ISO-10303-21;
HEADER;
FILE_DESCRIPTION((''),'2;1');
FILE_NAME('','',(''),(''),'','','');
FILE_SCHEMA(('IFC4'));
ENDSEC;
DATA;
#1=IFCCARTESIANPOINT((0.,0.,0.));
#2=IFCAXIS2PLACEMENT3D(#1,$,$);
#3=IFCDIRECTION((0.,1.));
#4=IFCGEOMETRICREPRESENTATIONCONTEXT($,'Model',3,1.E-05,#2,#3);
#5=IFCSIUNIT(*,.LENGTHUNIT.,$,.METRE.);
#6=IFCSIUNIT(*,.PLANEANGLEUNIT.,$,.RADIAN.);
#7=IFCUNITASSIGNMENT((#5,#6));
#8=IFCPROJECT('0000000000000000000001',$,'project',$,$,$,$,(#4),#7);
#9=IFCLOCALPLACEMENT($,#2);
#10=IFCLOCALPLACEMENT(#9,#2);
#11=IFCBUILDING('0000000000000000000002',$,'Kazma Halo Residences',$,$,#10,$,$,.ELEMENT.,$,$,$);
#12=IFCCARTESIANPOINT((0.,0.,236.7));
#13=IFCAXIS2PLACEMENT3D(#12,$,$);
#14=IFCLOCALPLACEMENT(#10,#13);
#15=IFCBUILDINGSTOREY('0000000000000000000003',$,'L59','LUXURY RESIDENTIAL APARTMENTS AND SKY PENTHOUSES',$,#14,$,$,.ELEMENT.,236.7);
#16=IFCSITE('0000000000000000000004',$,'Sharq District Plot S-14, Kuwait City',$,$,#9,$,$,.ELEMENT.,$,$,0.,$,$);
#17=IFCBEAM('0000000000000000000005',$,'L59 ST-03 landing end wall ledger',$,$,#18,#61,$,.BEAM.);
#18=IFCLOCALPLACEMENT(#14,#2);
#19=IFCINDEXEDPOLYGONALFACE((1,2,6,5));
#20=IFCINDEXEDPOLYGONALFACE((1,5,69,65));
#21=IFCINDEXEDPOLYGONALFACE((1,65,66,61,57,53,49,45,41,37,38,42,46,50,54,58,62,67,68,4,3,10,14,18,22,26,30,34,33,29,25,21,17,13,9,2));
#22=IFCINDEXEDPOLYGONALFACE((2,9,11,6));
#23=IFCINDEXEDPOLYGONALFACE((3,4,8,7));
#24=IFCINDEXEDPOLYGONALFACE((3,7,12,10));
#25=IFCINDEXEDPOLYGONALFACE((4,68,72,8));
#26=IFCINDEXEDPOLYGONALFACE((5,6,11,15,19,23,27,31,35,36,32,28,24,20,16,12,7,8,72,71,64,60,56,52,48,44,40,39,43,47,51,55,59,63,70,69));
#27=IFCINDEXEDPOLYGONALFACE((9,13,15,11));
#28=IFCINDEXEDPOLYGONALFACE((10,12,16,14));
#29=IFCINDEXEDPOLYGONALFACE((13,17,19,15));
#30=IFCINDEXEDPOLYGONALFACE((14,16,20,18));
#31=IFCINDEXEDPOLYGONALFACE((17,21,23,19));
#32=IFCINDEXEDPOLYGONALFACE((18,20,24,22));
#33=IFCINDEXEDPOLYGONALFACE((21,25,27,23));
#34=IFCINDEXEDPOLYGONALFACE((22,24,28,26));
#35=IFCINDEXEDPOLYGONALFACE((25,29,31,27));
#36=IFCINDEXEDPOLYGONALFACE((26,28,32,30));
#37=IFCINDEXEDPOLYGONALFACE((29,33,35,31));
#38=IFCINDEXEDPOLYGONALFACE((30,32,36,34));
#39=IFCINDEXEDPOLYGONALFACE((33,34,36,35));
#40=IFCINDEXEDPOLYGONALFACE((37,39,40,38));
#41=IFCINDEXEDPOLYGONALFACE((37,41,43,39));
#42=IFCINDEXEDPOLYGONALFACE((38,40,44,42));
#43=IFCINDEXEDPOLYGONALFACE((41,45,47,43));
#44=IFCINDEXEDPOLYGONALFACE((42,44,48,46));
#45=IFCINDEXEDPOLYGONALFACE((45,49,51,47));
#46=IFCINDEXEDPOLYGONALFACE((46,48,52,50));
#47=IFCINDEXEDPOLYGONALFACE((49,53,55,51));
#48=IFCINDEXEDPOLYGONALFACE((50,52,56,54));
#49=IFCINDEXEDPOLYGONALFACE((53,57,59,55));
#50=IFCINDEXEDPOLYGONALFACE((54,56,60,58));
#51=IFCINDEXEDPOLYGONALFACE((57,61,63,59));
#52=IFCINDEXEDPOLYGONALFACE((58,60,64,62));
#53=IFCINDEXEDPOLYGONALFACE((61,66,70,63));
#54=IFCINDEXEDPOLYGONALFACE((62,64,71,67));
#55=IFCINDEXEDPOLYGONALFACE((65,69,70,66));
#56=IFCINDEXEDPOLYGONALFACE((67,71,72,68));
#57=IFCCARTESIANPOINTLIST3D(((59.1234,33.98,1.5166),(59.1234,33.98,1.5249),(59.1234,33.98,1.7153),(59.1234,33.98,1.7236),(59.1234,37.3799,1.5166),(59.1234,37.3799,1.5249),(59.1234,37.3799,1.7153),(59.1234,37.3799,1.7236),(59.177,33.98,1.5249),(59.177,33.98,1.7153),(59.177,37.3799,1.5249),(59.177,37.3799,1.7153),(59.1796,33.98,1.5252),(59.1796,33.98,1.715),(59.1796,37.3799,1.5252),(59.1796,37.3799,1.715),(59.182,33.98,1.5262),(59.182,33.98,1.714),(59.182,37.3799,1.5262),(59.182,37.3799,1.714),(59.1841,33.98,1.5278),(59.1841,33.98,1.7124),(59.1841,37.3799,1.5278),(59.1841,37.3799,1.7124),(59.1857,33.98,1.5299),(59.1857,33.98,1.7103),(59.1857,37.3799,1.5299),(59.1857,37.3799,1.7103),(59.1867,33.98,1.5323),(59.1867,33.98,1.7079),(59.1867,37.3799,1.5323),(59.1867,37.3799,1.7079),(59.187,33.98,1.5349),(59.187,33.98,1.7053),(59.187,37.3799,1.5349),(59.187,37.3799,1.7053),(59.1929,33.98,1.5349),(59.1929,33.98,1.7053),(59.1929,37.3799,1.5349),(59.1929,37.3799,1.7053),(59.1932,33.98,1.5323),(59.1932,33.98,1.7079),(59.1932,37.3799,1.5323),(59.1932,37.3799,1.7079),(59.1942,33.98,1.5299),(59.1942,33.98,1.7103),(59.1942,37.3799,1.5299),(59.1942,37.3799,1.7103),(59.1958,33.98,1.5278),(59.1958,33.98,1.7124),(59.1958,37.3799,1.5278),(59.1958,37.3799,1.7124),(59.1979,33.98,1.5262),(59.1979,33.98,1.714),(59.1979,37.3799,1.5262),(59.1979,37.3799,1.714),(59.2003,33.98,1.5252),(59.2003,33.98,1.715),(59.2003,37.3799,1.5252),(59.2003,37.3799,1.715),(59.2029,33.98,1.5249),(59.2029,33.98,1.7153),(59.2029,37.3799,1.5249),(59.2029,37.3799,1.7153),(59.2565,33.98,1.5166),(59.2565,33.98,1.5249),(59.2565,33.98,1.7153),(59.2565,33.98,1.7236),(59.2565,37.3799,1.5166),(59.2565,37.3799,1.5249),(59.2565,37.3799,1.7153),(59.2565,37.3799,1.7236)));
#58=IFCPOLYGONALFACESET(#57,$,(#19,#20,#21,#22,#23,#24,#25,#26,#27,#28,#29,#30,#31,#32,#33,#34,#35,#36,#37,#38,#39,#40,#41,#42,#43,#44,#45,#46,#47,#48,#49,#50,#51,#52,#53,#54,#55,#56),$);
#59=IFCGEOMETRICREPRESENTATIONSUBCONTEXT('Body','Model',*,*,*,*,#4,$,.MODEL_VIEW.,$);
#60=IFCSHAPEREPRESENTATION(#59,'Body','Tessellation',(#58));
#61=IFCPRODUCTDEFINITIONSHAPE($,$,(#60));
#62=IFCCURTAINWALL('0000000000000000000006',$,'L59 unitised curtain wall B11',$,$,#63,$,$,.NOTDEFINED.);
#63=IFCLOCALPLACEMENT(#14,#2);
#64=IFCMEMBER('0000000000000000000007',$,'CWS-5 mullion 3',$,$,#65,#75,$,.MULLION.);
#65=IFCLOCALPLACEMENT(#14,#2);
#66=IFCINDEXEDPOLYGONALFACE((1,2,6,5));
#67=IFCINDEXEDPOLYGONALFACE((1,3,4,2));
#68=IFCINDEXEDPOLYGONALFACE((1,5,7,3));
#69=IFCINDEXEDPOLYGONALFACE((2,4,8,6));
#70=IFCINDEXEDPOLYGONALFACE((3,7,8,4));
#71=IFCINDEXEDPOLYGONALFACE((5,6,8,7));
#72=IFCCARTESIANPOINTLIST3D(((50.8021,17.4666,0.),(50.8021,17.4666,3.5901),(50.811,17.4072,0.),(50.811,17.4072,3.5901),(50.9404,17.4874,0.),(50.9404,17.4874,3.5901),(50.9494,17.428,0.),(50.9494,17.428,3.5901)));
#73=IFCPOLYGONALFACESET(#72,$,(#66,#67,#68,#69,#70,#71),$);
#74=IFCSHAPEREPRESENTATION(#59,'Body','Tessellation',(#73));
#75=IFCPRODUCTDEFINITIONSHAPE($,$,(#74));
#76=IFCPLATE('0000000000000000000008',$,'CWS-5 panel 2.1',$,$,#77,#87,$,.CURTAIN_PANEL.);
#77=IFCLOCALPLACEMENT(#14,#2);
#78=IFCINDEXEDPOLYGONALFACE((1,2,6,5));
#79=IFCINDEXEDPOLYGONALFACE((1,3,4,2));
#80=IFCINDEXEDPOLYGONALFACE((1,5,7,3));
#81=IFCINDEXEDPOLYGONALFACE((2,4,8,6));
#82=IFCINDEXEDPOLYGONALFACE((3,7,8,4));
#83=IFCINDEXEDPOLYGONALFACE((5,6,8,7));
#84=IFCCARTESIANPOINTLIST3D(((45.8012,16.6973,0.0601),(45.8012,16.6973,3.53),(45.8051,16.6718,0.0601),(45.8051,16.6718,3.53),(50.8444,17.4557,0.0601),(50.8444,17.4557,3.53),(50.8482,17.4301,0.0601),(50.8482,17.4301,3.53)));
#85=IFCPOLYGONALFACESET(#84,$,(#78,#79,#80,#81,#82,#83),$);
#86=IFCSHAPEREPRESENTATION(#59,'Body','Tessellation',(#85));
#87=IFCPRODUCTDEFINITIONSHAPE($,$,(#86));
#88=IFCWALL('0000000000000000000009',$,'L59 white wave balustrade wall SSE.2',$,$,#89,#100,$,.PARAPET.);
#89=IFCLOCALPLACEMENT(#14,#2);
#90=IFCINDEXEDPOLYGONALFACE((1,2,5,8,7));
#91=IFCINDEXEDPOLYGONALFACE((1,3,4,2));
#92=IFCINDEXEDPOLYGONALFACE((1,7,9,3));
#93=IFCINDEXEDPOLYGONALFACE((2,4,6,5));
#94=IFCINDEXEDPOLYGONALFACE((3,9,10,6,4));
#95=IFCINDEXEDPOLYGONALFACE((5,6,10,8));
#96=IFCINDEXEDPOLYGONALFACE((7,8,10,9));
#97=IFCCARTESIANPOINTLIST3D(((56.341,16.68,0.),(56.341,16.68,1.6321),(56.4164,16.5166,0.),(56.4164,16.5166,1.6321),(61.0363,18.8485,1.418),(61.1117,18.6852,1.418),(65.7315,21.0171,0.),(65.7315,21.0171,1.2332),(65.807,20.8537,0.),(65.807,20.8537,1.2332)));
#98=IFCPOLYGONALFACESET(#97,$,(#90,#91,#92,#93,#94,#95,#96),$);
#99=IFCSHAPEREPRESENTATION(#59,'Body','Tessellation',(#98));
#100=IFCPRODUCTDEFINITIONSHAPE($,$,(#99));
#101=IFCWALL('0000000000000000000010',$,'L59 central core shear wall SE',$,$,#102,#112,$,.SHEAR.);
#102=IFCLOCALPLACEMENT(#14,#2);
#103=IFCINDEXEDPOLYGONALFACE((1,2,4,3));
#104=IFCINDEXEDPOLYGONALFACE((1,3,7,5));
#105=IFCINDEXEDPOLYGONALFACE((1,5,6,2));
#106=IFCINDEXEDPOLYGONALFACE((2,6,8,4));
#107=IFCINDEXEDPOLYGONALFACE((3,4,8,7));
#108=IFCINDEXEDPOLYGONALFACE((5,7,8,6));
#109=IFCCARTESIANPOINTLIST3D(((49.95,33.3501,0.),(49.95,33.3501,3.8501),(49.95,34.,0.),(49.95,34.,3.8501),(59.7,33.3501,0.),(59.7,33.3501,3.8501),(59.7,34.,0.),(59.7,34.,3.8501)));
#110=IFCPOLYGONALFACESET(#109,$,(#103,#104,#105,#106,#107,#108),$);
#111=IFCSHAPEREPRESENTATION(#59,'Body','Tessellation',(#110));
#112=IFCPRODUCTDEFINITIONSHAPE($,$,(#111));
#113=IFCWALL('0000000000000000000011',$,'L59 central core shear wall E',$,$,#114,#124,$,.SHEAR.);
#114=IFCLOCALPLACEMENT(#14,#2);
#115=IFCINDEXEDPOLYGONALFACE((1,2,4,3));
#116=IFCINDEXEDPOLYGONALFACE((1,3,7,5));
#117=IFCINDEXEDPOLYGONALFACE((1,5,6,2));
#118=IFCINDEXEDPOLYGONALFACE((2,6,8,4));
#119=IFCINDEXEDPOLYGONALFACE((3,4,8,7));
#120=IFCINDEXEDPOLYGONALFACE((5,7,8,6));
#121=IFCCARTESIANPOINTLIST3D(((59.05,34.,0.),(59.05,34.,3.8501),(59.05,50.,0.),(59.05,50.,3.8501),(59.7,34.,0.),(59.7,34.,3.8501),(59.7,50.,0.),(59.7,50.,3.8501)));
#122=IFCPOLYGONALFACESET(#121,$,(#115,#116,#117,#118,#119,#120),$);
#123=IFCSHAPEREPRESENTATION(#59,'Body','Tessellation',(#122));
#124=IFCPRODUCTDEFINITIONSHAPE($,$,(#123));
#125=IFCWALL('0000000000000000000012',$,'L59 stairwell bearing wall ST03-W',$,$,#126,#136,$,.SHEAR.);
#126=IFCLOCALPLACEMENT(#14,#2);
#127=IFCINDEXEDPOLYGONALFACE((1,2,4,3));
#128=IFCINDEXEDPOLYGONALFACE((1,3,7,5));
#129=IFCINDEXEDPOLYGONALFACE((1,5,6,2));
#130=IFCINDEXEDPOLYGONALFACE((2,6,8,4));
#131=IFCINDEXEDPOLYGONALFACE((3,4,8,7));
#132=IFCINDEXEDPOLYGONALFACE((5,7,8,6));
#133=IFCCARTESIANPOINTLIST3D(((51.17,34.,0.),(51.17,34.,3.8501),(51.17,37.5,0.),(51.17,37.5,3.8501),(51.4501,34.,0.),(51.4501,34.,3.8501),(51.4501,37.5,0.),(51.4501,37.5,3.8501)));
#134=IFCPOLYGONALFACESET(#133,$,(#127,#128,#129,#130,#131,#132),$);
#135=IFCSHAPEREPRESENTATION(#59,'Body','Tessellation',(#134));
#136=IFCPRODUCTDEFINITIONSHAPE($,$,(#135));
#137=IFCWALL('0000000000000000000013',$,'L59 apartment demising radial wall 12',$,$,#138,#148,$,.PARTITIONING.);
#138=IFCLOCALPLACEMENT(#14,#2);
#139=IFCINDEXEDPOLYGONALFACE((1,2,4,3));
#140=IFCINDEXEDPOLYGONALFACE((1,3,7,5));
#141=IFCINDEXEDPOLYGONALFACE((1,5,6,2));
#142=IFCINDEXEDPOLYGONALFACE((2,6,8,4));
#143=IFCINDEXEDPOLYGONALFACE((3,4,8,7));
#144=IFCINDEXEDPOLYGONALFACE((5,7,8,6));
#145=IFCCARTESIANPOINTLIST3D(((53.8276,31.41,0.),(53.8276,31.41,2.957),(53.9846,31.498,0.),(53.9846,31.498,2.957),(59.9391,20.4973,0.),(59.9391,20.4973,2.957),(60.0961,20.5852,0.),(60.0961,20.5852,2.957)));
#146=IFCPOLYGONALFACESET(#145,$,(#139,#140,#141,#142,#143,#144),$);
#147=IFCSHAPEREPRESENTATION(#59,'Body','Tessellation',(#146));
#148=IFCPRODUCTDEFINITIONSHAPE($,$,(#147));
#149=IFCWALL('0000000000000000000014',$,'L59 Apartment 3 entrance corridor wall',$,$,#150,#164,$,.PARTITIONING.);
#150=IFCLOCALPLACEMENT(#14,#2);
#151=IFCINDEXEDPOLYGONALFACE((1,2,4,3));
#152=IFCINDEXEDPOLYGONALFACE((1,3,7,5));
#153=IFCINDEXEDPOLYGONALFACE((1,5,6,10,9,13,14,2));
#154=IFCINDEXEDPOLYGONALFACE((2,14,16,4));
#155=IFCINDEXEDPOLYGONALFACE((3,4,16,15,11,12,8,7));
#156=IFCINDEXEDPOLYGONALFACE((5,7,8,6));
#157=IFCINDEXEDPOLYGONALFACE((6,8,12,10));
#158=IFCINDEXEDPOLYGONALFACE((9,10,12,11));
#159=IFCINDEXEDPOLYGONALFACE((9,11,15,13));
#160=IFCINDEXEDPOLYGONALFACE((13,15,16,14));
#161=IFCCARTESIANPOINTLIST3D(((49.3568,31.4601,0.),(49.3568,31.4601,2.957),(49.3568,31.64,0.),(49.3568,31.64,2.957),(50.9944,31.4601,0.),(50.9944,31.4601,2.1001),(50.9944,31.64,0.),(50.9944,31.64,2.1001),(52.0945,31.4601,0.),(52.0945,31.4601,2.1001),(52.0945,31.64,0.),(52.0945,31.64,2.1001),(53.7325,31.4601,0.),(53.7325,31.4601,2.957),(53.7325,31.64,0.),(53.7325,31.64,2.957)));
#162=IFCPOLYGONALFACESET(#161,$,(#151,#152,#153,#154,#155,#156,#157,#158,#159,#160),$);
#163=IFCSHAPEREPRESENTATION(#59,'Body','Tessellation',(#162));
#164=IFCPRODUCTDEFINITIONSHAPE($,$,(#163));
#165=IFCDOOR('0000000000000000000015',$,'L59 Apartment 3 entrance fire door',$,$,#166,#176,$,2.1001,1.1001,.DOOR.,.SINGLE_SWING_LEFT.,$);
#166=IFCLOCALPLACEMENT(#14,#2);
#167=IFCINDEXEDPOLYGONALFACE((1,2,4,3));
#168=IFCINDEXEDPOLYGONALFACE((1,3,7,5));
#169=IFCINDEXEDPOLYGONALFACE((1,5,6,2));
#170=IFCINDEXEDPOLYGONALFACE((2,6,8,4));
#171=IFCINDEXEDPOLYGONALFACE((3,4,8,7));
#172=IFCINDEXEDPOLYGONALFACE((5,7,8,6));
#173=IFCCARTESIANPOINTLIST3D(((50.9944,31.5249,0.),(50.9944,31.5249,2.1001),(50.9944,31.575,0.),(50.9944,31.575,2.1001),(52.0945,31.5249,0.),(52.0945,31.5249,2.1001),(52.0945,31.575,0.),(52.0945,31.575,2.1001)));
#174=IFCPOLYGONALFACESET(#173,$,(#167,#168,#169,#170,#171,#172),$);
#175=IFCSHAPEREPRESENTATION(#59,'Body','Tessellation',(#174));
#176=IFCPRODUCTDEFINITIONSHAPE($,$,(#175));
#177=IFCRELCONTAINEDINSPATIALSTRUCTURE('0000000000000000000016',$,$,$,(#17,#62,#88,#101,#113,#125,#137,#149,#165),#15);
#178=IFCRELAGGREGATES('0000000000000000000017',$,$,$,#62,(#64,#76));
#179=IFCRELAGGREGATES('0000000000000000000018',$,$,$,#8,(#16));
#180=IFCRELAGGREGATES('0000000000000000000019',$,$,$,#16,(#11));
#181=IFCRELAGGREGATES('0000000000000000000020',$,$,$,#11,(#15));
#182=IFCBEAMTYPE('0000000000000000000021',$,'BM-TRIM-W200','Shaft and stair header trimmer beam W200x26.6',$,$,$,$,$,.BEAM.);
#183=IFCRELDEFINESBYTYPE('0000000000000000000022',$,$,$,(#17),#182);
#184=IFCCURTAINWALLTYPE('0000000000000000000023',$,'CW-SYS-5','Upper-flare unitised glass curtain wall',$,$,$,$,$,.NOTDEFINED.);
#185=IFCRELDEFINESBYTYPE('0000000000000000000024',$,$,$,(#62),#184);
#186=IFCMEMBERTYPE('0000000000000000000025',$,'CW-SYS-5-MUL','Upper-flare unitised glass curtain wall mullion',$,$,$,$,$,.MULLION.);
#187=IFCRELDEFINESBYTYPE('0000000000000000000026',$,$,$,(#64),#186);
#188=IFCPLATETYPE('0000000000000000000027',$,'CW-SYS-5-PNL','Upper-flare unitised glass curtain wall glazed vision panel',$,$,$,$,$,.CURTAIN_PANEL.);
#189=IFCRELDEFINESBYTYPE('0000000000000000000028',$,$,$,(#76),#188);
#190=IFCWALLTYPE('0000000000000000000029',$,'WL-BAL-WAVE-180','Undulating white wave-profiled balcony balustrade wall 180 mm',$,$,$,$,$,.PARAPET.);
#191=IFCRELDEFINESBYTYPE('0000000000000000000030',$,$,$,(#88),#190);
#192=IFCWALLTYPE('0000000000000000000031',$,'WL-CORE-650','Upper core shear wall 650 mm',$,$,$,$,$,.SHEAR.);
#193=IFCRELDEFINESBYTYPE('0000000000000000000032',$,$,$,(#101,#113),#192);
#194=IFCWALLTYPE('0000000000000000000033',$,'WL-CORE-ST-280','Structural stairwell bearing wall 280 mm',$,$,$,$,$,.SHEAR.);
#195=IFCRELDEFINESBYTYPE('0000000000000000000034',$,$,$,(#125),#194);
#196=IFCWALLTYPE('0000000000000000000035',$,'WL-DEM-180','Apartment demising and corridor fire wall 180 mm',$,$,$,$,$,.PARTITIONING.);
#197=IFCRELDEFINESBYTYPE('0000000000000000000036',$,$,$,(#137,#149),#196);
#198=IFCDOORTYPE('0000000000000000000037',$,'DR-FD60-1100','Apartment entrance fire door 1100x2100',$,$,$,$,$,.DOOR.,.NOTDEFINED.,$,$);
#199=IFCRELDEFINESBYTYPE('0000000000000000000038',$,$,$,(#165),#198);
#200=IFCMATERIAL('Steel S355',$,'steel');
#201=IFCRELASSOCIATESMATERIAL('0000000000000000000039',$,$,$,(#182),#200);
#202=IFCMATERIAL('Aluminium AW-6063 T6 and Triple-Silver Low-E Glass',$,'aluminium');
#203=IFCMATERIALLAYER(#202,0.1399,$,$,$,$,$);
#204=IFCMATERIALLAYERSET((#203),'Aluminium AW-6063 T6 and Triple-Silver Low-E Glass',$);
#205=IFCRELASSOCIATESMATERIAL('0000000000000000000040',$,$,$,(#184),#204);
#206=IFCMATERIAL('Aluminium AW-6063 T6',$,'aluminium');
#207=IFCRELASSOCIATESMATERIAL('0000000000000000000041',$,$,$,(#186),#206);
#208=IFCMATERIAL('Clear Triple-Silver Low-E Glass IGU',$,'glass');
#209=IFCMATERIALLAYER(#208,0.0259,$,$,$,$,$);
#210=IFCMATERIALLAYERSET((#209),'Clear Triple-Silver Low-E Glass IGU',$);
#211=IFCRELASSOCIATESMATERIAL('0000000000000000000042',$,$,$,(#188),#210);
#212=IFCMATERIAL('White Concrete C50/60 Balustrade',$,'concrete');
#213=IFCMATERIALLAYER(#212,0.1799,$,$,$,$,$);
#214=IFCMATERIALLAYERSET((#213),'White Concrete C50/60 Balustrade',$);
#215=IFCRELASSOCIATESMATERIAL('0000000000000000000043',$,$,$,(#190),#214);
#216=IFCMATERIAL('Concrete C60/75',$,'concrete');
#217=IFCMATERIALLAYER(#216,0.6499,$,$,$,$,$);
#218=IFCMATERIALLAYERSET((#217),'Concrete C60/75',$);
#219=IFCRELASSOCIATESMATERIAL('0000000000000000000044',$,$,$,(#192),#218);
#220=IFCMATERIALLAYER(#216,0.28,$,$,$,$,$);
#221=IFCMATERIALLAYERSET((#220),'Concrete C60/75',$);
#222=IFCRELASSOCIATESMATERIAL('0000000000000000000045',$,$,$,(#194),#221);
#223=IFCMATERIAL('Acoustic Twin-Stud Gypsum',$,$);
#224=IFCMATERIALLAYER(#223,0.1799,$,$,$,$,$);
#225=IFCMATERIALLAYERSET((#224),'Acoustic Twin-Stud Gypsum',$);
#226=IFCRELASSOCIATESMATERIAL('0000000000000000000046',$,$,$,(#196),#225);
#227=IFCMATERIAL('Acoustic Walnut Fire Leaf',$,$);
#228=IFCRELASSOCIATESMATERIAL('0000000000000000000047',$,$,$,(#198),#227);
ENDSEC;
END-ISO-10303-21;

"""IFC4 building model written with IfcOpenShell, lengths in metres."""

from ifc_helpers import new_model, si_unit, direction, frame, frame_2d, origin, origin_2d, place, context, subcontext, project, spatial, polyline, rectangle, i_section, outline, extrude, material, layer, layer_set, material_profile, profile_set, type_object, element, fill, aggregate, save


model = new_model("IFC4")

# Units and contexts
model_context = context("Model", 3, precision=1e-05, world=origin(), true_north=direction((0.0, 1.0)))
body_context = subcontext(model_context, "Body", "Model", "MODEL_VIEW")
ifc_project = project(units=[si_unit("LENGTHUNIT", "METRE"), si_unit("PLANEANGLEUNIT", "RADIAN")], contexts=[model_context])

# Site, building, storey
site_placement = place(None, origin())
site = spatial("IfcSite", under=ifc_project, at=site_placement, Name="Sharq District Plot S-14, Kuwait City", CompositionType="ELEMENT", RefElevation=0.0)
building_placement = place(site_placement, origin())
building = spatial("IfcBuilding", under=site, at=building_placement, Name="Kazma Halo Residences", CompositionType="ELEMENT")
storey_placement = place(building_placement, frame((0.0, 0.0, 236.7)))
storey = spatial("IfcBuildingStorey", under=building, at=storey_placement, Name="L59", Description="LUXURY RESIDENTIAL APARTMENTS AND SKY PENTHOUSES", CompositionType="ELEMENT", Elevation=236.7)

# Shared definitions
ifc_material_1 = material(Name="Concrete C60/75", Category="concrete")

# Beam
ifc_material_2 = material(Name="Steel S355", Category="steel")
ifc_material_profile_1 = material_profile(ifc_material_2, i_section(OverallWidth=0.1331, OverallDepth=0.207, WebThickness=0.0059, FlangeThickness=0.0083, FilletRadius=0.01, at=origin_2d()), Name="W200x26.6")
ifc_profile_set_1 = profile_set([ifc_material_profile_1], Name="Steel S355")
beam_type_1 = type_object("IfcBeamType", Name="BM-TRIM-W200", Description="Shaft and stair header trimmer beam W200x26.6", PredefinedType="BEAM", material=ifc_profile_set_1)
beam_1_placement = place(storey_placement, frame((59.1899, 33.98, 1.6201), z_axis=(0.0, 1.0, 0.0), x_axis=(-1.0, 0.0, 0.0)))
element("IfcBeam", 1, at=beam_1_placement, inside=storey, type_object=beam_type_1, Name="L59 ST-03 landing end wall ledger", PredefinedType="BEAM", context=body_context, shape_type="SweptSolid", body=[
    extrude(i_section(OverallWidth=0.1331, OverallDepth=0.207, WebThickness=0.0059, FlangeThickness=0.0083, FilletRadius=0.01, at=origin_2d()), origin(), (0.0, 0.0, 1.0), 3.3999),
])

# Curtain wall, member, plate
ifc_material_3 = material(Name="Aluminium AW-6063 T6 and Triple-Silver Low-E Glass", Category="aluminium")
ifc_layer_1 = layer(ifc_material_3, 0.1399)
ifc_layer_set_1 = layer_set([ifc_layer_1], Name="Aluminium AW-6063 T6 and Triple-Silver Low-E Glass")
curtain_wall_type = type_object("IfcCurtainWallType", Name="CW-SYS-5", Description="Upper-flare unitised glass curtain wall", PredefinedType="NOTDEFINED", material=ifc_layer_set_1)
curtain_wall_placement = place(storey_placement, origin())
curtain_wall = element("IfcCurtainWall", 2, at=curtain_wall_placement, inside=storey, type_object=curtain_wall_type, Name="L59 unitised curtain wall B11", PredefinedType="NOTDEFINED")
ifc_material_4 = material(Name="Aluminium AW-6063 T6", Category="aluminium")
ifc_material_profile_2 = material_profile(ifc_material_4, rectangle(XDim=0.0601, YDim=0.1399, at=origin_2d()), Name="CWM-60x140")
ifc_profile_set_2 = profile_set([ifc_material_profile_2], Name="Aluminium AW-6063 T6")
member_type = type_object("IfcMemberType", Name="CW-SYS-5-MUL", Description="Upper-flare unitised glass curtain wall mullion", PredefinedType="MULLION", material=ifc_profile_set_2)
member_placement = place(storey_placement, frame((50.8757, 17.4473, 0.0), z_axis=(0.0, 0.0, 1.0), x_axis=(-0.148697, 0.988883, 0.0)))
member = element("IfcMember", 3, at=member_placement, type_object=member_type, Name="CWS-5 mullion 3", PredefinedType="MULLION", context=body_context, shape_type="SweptSolid", body=[
    extrude(rectangle(XDim=0.0601, YDim=0.1399, at=origin_2d()), origin(), (0.0, 0.0, 1.0), 3.5901),
])
ifc_material_5 = material(Name="Clear Triple-Silver Low-E Glass IGU", Category="glass")
ifc_layer_2 = layer(ifc_material_5, 0.0259)
ifc_layer_set_2 = layer_set([ifc_layer_2], Name="Clear Triple-Silver Low-E Glass IGU")
plate_type = type_object("IfcPlateType", Name="CW-SYS-5-PNL", Description="Upper-flare unitised glass curtain wall glazed vision panel", PredefinedType="CURTAIN_PANEL", material=ifc_layer_set_2)
plate_placement = place(storey_placement, frame((48.3247, 17.0637, 0.0601), z_axis=(0.0, 0.0, 1.0), x_axis=(0.988883, 0.148697, 0.0)))
plate = element("IfcPlate", 4, at=plate_placement, type_object=plate_type, Name="CWS-5 panel 2.1", PredefinedType="CURTAIN_PANEL", context=body_context, shape_type="SweptSolid", body=[
    extrude(rectangle(XDim=5.0999, YDim=0.0259, at=origin_2d()), origin(), (0.0, 0.0, 1.0), 3.47),
])
aggregate(curtain_wall, [member, plate])

# Walls
ifc_material_6 = material(Name="White Concrete C50/60 Balustrade", Category="concrete")
ifc_layer_3 = layer(ifc_material_6, 0.1799)
ifc_layer_set_3 = layer_set([ifc_layer_3], Name="White Concrete C50/60 Balustrade")
wall_type_1 = type_object("IfcWallType", Name="WL-BAL-WAVE-180", Description="Undulating white wave-profiled balcony balustrade wall 180 mm", PredefinedType="PARAPET", material=ifc_layer_set_3)
wall_1_placement = place(storey_placement, frame((56.3787, 16.5984, 0.0), z_axis=(0.0, 0.0, 1.0), x_axis=(0.907848, 0.419299, 0.0)))
element("IfcWall", 5, at=wall_1_placement, inside=storey, type_object=wall_type_1, Name="L59 white wave balustrade wall SSE.2", PredefinedType="PARAPET", context=body_context, shape_type="SweptSolid", body=[
    extrude(outline(polyline([(0.0, 0.0), (10.3438, 0.0), (10.3438, 1.2332), (5.1719, 1.418), (0.0, 1.6321), (0.0, 0.0)])), frame((0.0, 0.0898, 0.0), z_axis=(0.0, -1.0, 0.0), x_axis=(1.0, 0.0, 0.0)), (0.0, 0.0, 1.0), 0.1799),
])
ifc_layer_4 = layer(ifc_material_1, 0.6499)
ifc_layer_set_4 = layer_set([ifc_layer_4], Name="Concrete C60/75")
wall_type_2 = type_object("IfcWallType", Name="WL-CORE-650", Description="Upper core shear wall 650 mm", PredefinedType="SHEAR", material=ifc_layer_set_4)
wall_2_placement = place(storey_placement, frame((49.95, 33.675, 0.0), z_axis=(0.0, 0.0, 1.0), x_axis=(1.0, 0.0, 0.0)))
element("IfcWall", 6, at=wall_2_placement, inside=storey, type_object=wall_type_2, Name="L59 central core shear wall SE", PredefinedType="SHEAR", context=body_context, shape_type="SweptSolid", body=[
    extrude(rectangle(XDim=9.75, YDim=0.6499, at=frame_2d((4.875, 0.0))), origin(), (0.0, 0.0, 1.0), 3.8501),
])
wall_3_placement = place(storey_placement, frame((59.375, 34.0, 0.0), z_axis=(0.0, 0.0, 1.0), x_axis=(0.0, 1.0, 0.0)))
element("IfcWall", 7, at=wall_3_placement, inside=storey, type_object=wall_type_2, Name="L59 central core shear wall E", PredefinedType="SHEAR", context=body_context, shape_type="SweptSolid", body=[
    extrude(rectangle(XDim=16.0, YDim=0.6499, at=frame_2d((8.0, 0.0))), origin(), (0.0, 0.0, 1.0), 3.8501),
])
ifc_layer_5 = layer(ifc_material_1, 0.28)
ifc_layer_set_5 = layer_set([ifc_layer_5], Name="Concrete C60/75")
wall_type_3 = type_object("IfcWallType", Name="WL-CORE-ST-280", Description="Structural stairwell bearing wall 280 mm", PredefinedType="SHEAR", material=ifc_layer_set_5)
wall_4_placement = place(storey_placement, frame((51.3101, 34.0, 0.0), z_axis=(0.0, 0.0, 1.0), x_axis=(0.0, 1.0, 0.0)))
element("IfcWall", 8, at=wall_4_placement, inside=storey, type_object=wall_type_3, Name="L59 stairwell bearing wall ST03-W", PredefinedType="SHEAR", context=body_context, shape_type="SweptSolid", body=[
    extrude(rectangle(XDim=3.5, YDim=0.28, at=frame_2d((1.75, 0.0))), origin(), (0.0, 0.0, 1.0), 3.8501),
])
ifc_material_7 = material(Name="Acoustic Twin-Stud Gypsum")
ifc_layer_6 = layer(ifc_material_7, 0.1799)
ifc_layer_set_6 = layer_set([ifc_layer_6], Name="Acoustic Twin-Stud Gypsum")
wall_type_4 = type_object("IfcWallType", Name="WL-DEM-180", Description="Apartment demising and corridor fire wall 180 mm", PredefinedType="PARTITIONING", material=ifc_layer_set_6)
wall_5_placement = place(storey_placement, frame((53.906, 31.4541, 0.0), z_axis=(0.0, 0.0, 1.0), x_axis=(0.488627, -0.872493, 0.0)))
element("IfcWall", 9, at=wall_5_placement, inside=storey, type_object=wall_type_4, Name="L59 apartment demising radial wall 12", PredefinedType="PARTITIONING", context=body_context, shape_type="SweptSolid", body=[
    extrude(rectangle(XDim=12.5076, YDim=0.1799, at=frame_2d((6.2539, 0.0))), origin(), (0.0, 0.0, 1.0), 2.957),
])

# Wall, opening, door
wall_6_placement = place(storey_placement, frame((49.3567, 31.55, 0.0), z_axis=(0.0, 0.0, 1.0), x_axis=(1.0, 0.0, 0.0)))
wall_6 = element("IfcWall", 10, at=wall_6_placement, inside=storey, type_object=wall_type_4, Name="L59 Apartment 3 entrance corridor wall", PredefinedType="PARTITIONING", context=body_context, shape_type="SweptSolid", body=[
    extrude(rectangle(XDim=4.3757, YDim=0.1799, at=frame_2d((2.188, 0.0))), origin(), (0.0, 0.0, 1.0), 2.957),
])
opening_1_placement = place(wall_6_placement, frame((1.6377, 0.0, 0.0)))
opening_1 = element("IfcOpeningElement", 11, at=opening_1_placement, cuts=wall_6, PredefinedType="OPENING", context=body_context, shape_type="SweptSolid", body=[
    extrude(rectangle(XDim=1.1001, YDim=2.1001, at=frame_2d((0.55, 1.05))), frame((0.0, 0.0999, 0.0), z_axis=(0.0, -1.0, 0.0), x_axis=(1.0, 0.0, 0.0)), (0.0, 0.0, 1.0), 0.2),
])
ifc_material_8 = material(Name="Acoustic Walnut Fire Leaf")
door_type_1 = type_object("IfcDoorType", Name="DR-FD60-1100", Description="Apartment entrance fire door 1100x2100", OperationType="NOTDEFINED", PredefinedType="DOOR", material=ifc_material_8)
door_1_placement = place(opening_1_placement, origin())
door_1 = element("IfcDoor", 12, at=door_1_placement, inside=storey, type_object=door_type_1, Name="L59 Apartment 3 entrance fire door", OperationType="SINGLE_SWING_LEFT", OverallHeight=2.1001, OverallWidth=1.1001, PredefinedType="DOOR", context=body_context, shape_type="SweptSolid", body=[
    extrude(rectangle(XDim=1.1001, YDim=2.1001, at=frame_2d((0.55, 1.05))), frame((0.0, 0.0249, 0.0), z_axis=(0.0, -1.0, 0.0), x_axis=(1.0, 0.0, 0.0)), (0.0, 0.0, 1.0), 0.05),
])
fill(opening_1, door_1)

save(model, "model.ifc")
